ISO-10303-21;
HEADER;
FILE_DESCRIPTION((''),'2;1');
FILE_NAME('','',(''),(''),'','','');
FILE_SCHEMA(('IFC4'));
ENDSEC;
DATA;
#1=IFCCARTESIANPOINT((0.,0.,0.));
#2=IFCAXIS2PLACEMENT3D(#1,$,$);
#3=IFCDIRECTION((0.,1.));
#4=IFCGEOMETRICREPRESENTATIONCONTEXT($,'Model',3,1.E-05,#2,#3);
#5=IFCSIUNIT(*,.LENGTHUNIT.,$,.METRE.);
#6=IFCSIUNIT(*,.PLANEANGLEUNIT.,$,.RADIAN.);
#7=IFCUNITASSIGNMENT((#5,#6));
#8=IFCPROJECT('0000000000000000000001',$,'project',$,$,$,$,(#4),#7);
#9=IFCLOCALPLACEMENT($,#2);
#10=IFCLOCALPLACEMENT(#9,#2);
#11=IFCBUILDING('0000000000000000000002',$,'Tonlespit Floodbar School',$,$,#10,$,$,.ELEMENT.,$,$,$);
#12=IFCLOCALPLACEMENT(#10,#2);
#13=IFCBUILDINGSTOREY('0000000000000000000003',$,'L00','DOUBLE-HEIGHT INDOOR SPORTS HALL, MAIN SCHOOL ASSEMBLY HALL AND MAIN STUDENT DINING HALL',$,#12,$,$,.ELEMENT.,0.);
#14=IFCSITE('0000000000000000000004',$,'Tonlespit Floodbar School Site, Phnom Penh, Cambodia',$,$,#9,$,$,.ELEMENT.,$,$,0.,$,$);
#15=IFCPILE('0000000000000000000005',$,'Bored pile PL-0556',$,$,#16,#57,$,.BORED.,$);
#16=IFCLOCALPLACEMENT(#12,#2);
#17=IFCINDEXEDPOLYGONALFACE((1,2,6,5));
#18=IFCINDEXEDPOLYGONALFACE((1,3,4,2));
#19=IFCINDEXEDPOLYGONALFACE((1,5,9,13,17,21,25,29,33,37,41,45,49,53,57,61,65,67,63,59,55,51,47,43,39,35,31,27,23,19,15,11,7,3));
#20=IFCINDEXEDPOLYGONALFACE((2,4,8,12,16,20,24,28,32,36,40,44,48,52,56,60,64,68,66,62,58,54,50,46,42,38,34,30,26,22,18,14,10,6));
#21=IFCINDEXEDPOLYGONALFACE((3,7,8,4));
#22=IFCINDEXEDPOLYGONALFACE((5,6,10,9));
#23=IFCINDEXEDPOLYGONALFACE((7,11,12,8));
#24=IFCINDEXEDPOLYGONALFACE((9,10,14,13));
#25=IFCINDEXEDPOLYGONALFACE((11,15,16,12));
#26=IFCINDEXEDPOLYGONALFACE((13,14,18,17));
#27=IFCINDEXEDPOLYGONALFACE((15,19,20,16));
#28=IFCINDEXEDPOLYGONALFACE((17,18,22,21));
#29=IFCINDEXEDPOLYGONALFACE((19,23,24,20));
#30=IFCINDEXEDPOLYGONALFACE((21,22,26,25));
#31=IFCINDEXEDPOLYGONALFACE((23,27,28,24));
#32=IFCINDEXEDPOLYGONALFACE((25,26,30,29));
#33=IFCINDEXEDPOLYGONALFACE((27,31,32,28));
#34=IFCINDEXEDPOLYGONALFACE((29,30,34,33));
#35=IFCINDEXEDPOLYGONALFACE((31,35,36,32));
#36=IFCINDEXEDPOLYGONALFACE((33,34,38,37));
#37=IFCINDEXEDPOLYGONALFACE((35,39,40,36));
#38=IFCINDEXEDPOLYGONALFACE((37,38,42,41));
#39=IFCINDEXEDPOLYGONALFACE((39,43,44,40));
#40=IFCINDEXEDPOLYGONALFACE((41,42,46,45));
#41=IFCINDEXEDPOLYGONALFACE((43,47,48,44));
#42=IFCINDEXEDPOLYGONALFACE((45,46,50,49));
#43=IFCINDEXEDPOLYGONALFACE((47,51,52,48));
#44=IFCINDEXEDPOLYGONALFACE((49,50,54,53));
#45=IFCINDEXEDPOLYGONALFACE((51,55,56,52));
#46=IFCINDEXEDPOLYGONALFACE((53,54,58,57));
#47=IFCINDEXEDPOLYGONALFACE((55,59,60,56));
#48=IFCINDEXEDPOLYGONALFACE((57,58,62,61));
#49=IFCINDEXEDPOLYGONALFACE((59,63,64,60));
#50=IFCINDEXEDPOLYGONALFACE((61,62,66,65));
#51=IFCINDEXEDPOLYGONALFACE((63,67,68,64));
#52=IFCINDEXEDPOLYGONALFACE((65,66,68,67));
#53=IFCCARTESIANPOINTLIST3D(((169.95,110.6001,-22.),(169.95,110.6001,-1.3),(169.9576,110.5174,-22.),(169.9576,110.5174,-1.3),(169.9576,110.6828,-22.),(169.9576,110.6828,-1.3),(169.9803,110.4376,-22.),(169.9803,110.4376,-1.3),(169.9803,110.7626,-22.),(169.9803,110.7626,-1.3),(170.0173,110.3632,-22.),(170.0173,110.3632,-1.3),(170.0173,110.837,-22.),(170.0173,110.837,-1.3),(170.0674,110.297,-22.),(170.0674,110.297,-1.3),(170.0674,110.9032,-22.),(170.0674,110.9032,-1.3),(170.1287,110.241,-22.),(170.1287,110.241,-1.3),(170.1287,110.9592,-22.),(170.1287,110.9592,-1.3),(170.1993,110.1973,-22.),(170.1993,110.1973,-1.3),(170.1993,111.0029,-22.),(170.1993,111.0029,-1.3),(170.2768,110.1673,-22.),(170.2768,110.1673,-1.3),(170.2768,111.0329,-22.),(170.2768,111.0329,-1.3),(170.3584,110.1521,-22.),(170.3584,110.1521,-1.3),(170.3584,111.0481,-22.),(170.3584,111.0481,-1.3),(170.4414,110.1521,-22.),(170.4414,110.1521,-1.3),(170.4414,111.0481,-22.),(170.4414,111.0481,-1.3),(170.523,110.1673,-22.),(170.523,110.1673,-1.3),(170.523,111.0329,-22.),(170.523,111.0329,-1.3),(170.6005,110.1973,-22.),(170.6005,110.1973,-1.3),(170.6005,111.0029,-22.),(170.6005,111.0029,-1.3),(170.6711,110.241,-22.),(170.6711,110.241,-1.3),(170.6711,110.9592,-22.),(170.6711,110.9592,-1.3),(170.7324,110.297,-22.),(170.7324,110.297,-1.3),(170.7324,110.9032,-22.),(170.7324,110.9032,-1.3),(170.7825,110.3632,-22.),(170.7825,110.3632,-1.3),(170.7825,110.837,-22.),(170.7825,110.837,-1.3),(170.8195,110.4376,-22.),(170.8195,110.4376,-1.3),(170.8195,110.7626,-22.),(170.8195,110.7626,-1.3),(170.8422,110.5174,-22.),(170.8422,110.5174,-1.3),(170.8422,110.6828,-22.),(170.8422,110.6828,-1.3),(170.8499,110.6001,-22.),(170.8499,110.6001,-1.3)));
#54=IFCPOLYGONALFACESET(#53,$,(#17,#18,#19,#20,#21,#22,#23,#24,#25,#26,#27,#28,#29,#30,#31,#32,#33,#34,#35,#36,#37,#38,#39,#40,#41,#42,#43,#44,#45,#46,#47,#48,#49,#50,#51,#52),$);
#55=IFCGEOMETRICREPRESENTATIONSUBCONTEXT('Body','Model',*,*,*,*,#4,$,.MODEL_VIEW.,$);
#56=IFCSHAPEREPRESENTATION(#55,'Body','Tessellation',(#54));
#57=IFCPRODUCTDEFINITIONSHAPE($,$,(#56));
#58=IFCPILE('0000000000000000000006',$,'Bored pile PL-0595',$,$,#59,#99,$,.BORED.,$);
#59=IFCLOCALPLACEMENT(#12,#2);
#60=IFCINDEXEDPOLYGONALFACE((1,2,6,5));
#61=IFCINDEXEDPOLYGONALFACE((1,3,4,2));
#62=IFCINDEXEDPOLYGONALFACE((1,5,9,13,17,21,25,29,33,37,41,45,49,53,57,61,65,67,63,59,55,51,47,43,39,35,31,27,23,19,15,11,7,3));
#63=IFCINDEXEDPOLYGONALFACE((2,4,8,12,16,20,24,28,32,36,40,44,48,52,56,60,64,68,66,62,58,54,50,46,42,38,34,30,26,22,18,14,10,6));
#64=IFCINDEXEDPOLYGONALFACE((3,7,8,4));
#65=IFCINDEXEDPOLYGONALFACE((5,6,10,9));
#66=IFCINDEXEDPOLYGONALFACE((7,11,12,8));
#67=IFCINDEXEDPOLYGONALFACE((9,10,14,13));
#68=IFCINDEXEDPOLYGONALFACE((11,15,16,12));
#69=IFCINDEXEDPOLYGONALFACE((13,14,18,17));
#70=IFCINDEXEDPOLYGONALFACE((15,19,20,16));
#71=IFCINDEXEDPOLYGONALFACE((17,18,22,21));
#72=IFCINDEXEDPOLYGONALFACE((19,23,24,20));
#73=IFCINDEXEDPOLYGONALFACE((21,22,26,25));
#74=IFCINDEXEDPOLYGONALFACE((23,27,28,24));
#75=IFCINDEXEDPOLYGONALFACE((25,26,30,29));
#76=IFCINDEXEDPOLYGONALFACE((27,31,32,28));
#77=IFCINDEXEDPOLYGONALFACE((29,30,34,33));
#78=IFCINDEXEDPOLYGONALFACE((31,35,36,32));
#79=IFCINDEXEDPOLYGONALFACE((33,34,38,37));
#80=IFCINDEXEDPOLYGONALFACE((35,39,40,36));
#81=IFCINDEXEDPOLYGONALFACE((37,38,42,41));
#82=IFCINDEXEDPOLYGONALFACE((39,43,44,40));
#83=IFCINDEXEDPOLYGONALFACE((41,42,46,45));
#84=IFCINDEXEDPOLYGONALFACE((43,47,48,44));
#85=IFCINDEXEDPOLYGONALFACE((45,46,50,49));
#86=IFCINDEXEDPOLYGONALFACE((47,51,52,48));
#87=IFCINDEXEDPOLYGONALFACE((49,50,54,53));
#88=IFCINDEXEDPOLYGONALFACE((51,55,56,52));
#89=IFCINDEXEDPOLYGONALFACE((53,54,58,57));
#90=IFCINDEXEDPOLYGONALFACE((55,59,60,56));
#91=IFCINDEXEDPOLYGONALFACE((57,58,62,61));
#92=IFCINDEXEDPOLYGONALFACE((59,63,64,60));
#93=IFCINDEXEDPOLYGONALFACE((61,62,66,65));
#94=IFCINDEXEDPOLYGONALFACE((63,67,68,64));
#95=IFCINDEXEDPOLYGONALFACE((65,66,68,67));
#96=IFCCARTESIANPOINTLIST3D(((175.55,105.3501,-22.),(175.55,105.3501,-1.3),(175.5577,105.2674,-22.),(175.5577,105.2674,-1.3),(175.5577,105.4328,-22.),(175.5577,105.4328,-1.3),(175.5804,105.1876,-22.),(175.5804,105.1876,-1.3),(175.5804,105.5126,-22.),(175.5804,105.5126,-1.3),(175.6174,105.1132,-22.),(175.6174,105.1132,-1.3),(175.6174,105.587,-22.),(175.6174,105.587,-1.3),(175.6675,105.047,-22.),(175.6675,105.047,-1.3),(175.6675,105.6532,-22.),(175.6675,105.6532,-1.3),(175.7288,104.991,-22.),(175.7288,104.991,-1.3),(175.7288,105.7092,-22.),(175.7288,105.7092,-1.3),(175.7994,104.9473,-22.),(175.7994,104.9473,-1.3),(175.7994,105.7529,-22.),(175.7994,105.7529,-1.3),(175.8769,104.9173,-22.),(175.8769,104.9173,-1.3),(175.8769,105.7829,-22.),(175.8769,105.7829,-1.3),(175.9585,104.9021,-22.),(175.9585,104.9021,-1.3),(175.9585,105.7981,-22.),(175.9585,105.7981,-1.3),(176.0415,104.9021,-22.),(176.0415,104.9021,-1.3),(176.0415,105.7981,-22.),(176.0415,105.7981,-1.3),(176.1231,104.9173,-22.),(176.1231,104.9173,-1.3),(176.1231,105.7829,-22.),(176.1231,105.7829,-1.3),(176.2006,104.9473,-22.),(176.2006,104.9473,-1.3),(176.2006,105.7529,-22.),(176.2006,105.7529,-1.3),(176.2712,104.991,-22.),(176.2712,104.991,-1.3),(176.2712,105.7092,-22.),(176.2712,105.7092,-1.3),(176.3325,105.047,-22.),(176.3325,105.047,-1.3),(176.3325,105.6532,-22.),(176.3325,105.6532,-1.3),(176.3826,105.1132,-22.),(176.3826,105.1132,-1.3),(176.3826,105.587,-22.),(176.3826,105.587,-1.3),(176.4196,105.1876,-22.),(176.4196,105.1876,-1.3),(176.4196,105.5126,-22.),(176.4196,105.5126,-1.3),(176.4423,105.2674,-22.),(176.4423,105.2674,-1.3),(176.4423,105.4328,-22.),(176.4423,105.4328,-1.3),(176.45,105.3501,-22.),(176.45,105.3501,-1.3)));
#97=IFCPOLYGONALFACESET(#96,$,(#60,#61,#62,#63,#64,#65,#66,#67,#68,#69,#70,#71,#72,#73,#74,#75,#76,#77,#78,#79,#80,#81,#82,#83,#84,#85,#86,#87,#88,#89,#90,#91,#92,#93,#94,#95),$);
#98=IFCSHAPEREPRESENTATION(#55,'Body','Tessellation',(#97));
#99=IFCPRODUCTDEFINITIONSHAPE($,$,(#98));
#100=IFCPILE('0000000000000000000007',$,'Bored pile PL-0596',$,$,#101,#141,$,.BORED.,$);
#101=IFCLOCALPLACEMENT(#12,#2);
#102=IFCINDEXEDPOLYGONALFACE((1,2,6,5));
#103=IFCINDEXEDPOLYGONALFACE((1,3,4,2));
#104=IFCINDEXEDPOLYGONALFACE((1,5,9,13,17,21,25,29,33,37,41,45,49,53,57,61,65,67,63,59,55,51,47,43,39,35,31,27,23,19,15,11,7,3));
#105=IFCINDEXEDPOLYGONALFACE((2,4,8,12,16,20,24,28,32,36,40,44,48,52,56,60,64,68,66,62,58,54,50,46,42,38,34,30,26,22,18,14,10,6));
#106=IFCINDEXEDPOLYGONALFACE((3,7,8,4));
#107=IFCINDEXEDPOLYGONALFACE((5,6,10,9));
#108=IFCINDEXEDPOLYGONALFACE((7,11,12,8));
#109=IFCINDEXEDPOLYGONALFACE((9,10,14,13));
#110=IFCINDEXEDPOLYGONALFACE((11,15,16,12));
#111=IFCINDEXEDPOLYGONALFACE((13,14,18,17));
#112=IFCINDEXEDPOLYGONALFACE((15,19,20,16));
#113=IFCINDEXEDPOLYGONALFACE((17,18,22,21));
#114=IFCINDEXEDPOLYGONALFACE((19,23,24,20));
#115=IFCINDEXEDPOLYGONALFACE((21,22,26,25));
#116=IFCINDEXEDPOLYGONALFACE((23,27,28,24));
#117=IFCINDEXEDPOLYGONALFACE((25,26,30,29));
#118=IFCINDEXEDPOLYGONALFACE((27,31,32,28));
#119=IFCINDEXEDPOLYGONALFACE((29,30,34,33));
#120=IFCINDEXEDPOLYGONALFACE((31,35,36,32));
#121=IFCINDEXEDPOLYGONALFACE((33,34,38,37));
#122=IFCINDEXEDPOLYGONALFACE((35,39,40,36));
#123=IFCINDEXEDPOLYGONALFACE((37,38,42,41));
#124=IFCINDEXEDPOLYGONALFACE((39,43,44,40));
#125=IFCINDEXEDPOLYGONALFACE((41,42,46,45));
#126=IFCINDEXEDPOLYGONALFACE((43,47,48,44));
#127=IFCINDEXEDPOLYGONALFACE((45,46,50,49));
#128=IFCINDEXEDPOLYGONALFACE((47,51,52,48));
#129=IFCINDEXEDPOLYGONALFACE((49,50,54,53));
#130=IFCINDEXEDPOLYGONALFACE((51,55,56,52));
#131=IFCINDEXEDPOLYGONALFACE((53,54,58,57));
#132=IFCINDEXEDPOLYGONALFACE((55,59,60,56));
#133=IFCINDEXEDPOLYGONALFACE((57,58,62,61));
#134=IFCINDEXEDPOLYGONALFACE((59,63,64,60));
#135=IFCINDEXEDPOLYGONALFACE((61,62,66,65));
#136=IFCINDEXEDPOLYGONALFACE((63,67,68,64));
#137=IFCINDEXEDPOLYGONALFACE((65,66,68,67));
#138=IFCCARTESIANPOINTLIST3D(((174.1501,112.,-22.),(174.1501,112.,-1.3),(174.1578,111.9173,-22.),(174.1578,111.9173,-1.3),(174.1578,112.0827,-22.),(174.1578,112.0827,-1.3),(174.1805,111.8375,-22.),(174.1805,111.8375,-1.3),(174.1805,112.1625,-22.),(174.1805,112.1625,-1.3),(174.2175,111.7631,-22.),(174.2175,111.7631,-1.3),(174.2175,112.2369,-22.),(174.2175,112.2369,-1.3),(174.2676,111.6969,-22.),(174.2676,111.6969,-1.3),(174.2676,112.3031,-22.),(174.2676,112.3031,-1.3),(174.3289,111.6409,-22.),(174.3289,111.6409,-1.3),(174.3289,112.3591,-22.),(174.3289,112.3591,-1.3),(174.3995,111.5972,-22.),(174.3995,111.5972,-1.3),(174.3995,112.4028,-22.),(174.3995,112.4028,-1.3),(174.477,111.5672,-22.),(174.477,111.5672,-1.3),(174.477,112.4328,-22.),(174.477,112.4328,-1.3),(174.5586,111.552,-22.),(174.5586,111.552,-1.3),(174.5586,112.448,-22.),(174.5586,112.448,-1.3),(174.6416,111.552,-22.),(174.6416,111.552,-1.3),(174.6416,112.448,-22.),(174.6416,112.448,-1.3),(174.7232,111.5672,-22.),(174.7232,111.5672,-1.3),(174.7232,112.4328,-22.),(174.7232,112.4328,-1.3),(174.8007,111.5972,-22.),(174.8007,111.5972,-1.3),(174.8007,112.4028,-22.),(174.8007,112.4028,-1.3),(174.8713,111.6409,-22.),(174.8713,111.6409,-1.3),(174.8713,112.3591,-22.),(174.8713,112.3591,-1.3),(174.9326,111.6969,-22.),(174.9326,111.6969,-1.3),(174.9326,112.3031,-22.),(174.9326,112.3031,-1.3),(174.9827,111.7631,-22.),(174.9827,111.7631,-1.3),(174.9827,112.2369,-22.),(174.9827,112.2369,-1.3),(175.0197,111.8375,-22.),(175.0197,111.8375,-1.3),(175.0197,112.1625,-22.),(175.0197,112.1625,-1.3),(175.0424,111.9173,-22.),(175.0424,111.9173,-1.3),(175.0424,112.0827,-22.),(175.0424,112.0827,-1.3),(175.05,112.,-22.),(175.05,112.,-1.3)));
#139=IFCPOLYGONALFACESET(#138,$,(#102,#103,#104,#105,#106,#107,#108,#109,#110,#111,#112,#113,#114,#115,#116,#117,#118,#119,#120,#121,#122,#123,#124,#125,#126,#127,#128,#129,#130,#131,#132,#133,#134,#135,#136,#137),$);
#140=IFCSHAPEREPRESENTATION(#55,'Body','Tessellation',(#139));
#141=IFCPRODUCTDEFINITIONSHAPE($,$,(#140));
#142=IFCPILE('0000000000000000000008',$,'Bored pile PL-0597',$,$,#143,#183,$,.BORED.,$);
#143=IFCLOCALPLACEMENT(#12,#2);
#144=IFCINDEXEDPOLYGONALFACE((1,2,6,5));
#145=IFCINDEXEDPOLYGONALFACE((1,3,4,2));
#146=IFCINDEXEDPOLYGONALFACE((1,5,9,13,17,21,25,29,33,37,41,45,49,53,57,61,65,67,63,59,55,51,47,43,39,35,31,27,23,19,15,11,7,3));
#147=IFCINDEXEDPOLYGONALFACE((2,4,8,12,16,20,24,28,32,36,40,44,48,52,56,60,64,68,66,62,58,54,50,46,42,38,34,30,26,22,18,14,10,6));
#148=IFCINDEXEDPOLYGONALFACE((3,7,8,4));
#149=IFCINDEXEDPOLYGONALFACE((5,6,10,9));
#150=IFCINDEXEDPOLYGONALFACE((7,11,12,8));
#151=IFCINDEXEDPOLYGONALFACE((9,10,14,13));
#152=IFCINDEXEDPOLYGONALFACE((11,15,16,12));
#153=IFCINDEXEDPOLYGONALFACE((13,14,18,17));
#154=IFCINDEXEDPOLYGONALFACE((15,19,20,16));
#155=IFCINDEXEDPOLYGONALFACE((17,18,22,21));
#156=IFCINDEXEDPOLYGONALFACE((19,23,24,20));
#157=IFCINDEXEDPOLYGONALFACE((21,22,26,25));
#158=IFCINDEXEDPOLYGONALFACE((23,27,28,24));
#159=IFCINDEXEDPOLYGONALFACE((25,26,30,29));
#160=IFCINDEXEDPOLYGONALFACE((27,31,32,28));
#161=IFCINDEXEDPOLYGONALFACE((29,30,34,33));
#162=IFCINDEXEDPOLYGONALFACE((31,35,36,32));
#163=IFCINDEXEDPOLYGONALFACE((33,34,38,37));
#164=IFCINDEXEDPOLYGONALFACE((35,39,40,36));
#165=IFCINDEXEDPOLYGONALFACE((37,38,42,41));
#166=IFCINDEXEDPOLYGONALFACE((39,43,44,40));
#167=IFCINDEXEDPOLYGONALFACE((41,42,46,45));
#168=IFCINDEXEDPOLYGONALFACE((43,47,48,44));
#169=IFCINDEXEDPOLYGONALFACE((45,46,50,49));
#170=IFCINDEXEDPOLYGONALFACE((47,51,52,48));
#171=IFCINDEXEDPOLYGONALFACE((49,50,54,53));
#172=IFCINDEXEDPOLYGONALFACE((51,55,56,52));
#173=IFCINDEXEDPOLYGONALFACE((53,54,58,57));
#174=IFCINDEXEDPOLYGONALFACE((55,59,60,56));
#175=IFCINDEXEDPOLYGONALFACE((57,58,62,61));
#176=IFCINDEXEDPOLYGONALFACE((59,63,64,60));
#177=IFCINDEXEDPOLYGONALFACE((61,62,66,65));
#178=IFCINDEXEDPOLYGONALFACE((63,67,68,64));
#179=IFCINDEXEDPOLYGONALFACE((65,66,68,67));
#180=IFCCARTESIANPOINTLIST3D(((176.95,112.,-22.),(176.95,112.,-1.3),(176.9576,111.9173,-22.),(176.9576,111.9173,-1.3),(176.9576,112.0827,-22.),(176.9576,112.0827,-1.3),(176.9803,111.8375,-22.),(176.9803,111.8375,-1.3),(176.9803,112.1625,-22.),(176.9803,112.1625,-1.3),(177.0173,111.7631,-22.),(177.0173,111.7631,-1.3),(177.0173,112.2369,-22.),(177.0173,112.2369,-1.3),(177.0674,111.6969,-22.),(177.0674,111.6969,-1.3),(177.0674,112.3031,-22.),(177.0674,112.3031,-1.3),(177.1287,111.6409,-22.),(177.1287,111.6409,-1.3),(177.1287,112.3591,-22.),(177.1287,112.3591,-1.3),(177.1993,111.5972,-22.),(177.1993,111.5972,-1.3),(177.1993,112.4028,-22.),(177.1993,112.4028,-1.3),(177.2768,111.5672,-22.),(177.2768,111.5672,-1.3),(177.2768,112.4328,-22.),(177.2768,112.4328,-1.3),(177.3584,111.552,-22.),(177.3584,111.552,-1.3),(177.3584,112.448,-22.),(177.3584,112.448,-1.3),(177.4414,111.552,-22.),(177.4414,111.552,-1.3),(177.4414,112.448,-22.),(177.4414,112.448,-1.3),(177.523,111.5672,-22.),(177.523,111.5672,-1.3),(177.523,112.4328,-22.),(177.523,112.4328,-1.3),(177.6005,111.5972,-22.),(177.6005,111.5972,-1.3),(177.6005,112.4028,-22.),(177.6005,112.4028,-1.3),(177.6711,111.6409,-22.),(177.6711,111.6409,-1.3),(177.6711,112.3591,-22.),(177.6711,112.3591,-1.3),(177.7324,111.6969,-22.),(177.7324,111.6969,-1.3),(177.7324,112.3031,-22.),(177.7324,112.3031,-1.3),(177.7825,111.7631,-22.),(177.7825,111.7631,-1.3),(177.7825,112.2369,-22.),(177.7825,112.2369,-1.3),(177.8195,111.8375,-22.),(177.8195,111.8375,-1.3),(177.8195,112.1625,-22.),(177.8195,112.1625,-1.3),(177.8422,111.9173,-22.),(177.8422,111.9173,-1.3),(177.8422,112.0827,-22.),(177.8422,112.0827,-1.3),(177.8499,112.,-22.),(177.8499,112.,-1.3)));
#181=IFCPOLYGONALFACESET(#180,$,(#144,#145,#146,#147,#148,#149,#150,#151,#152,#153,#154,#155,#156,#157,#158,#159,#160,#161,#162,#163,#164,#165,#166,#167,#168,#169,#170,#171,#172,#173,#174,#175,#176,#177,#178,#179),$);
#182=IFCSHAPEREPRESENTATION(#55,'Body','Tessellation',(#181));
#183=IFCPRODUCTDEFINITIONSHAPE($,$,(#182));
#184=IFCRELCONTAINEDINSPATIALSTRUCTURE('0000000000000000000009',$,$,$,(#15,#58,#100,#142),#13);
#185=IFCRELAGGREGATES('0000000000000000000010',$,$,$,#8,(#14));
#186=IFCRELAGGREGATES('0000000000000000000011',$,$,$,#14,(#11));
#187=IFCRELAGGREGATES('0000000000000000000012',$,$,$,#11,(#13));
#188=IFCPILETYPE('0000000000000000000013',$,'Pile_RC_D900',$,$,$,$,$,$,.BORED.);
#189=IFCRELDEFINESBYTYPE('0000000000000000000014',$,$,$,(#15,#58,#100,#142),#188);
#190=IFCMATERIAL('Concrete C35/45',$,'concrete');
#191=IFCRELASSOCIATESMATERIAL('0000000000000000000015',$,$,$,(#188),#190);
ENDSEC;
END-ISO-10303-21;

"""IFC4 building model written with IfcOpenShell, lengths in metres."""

from ifc_helpers import new_model, si_unit, direction, frame, origin, origin_2d, place, context, subcontext, project, spatial, circle, extrude, material, material_profile, profile_set, type_object, element, save


model = new_model("IFC4")

# Units and contexts
model_context = context("Model", 3, precision=1e-05, world=origin(), true_north=direction((0.0, 1.0)))
body_context = subcontext(model_context, "Body", "Model", "MODEL_VIEW")
ifc_project = project(units=[si_unit("LENGTHUNIT", "METRE"), si_unit("PLANEANGLEUNIT", "RADIAN")], contexts=[model_context])

# Site, building, storey
site_placement = place(None, origin())
site = spatial("IfcSite", under=ifc_project, at=site_placement, Name="Tonlespit Floodbar School Site, Phnom Penh, Cambodia", CompositionType="ELEMENT", RefElevation=0.0)
building_placement = place(site_placement, origin())
building = spatial("IfcBuilding", under=site, at=building_placement, Name="Tonlespit Floodbar School", CompositionType="ELEMENT")
storey_placement = place(building_placement, origin())
storey = spatial("IfcBuildingStorey", under=building, at=storey_placement, Name="L00", Description="DOUBLE-HEIGHT INDOOR SPORTS HALL, MAIN SCHOOL ASSEMBLY HALL AND MAIN STUDENT DINING HALL", CompositionType="ELEMENT", Elevation=0.0)

# Piles
ifc_material_1 = material(Name="Concrete C35/45", Category="concrete")
ifc_material_profile_1 = material_profile(ifc_material_1, circle(Radius=0.45, at=origin_2d()), Name="BP D900")
ifc_profile_set_1 = profile_set([ifc_material_profile_1], Name="Concrete C35/45")
pile_type = type_object("IfcPileType", Name="Pile_RC_D900", PredefinedType="BORED", material=ifc_profile_set_1)
for number, where, z_axis, x_axis, name in (
    (1, (170.3999, 110.6001, -1.3), (0.0, 0.0, -1.0), (1.0, 0.0, 0.0), "Bored pile PL-0556"),
    (2, (176.0, 105.3501, -1.3), (0.0, 0.0, -1.0), (1.0, 0.0, 0.0), "Bored pile PL-0595"),
    (3, (174.6001, 112.0, -1.3), (0.0, 0.0, -1.0), (1.0, 0.0, 0.0), "Bored pile PL-0596"),
    (4, (177.3999, 112.0, -1.3), (0.0, 0.0, -1.0), (1.0, 0.0, 0.0), "Bored pile PL-0597"),
):
    element("IfcPile", number, at=place(storey_placement, frame(where, z_axis=z_axis, x_axis=x_axis)), inside=storey, type_object=pile_type, Name=name, PredefinedType="BORED", context=body_context, shape_type="SweptSolid", body=[
        extrude(circle(Radius=0.45, at=origin_2d()), origin(), (0.0, 0.0, 1.0), 20.7),
    ])

save(model, "model.ifc")
